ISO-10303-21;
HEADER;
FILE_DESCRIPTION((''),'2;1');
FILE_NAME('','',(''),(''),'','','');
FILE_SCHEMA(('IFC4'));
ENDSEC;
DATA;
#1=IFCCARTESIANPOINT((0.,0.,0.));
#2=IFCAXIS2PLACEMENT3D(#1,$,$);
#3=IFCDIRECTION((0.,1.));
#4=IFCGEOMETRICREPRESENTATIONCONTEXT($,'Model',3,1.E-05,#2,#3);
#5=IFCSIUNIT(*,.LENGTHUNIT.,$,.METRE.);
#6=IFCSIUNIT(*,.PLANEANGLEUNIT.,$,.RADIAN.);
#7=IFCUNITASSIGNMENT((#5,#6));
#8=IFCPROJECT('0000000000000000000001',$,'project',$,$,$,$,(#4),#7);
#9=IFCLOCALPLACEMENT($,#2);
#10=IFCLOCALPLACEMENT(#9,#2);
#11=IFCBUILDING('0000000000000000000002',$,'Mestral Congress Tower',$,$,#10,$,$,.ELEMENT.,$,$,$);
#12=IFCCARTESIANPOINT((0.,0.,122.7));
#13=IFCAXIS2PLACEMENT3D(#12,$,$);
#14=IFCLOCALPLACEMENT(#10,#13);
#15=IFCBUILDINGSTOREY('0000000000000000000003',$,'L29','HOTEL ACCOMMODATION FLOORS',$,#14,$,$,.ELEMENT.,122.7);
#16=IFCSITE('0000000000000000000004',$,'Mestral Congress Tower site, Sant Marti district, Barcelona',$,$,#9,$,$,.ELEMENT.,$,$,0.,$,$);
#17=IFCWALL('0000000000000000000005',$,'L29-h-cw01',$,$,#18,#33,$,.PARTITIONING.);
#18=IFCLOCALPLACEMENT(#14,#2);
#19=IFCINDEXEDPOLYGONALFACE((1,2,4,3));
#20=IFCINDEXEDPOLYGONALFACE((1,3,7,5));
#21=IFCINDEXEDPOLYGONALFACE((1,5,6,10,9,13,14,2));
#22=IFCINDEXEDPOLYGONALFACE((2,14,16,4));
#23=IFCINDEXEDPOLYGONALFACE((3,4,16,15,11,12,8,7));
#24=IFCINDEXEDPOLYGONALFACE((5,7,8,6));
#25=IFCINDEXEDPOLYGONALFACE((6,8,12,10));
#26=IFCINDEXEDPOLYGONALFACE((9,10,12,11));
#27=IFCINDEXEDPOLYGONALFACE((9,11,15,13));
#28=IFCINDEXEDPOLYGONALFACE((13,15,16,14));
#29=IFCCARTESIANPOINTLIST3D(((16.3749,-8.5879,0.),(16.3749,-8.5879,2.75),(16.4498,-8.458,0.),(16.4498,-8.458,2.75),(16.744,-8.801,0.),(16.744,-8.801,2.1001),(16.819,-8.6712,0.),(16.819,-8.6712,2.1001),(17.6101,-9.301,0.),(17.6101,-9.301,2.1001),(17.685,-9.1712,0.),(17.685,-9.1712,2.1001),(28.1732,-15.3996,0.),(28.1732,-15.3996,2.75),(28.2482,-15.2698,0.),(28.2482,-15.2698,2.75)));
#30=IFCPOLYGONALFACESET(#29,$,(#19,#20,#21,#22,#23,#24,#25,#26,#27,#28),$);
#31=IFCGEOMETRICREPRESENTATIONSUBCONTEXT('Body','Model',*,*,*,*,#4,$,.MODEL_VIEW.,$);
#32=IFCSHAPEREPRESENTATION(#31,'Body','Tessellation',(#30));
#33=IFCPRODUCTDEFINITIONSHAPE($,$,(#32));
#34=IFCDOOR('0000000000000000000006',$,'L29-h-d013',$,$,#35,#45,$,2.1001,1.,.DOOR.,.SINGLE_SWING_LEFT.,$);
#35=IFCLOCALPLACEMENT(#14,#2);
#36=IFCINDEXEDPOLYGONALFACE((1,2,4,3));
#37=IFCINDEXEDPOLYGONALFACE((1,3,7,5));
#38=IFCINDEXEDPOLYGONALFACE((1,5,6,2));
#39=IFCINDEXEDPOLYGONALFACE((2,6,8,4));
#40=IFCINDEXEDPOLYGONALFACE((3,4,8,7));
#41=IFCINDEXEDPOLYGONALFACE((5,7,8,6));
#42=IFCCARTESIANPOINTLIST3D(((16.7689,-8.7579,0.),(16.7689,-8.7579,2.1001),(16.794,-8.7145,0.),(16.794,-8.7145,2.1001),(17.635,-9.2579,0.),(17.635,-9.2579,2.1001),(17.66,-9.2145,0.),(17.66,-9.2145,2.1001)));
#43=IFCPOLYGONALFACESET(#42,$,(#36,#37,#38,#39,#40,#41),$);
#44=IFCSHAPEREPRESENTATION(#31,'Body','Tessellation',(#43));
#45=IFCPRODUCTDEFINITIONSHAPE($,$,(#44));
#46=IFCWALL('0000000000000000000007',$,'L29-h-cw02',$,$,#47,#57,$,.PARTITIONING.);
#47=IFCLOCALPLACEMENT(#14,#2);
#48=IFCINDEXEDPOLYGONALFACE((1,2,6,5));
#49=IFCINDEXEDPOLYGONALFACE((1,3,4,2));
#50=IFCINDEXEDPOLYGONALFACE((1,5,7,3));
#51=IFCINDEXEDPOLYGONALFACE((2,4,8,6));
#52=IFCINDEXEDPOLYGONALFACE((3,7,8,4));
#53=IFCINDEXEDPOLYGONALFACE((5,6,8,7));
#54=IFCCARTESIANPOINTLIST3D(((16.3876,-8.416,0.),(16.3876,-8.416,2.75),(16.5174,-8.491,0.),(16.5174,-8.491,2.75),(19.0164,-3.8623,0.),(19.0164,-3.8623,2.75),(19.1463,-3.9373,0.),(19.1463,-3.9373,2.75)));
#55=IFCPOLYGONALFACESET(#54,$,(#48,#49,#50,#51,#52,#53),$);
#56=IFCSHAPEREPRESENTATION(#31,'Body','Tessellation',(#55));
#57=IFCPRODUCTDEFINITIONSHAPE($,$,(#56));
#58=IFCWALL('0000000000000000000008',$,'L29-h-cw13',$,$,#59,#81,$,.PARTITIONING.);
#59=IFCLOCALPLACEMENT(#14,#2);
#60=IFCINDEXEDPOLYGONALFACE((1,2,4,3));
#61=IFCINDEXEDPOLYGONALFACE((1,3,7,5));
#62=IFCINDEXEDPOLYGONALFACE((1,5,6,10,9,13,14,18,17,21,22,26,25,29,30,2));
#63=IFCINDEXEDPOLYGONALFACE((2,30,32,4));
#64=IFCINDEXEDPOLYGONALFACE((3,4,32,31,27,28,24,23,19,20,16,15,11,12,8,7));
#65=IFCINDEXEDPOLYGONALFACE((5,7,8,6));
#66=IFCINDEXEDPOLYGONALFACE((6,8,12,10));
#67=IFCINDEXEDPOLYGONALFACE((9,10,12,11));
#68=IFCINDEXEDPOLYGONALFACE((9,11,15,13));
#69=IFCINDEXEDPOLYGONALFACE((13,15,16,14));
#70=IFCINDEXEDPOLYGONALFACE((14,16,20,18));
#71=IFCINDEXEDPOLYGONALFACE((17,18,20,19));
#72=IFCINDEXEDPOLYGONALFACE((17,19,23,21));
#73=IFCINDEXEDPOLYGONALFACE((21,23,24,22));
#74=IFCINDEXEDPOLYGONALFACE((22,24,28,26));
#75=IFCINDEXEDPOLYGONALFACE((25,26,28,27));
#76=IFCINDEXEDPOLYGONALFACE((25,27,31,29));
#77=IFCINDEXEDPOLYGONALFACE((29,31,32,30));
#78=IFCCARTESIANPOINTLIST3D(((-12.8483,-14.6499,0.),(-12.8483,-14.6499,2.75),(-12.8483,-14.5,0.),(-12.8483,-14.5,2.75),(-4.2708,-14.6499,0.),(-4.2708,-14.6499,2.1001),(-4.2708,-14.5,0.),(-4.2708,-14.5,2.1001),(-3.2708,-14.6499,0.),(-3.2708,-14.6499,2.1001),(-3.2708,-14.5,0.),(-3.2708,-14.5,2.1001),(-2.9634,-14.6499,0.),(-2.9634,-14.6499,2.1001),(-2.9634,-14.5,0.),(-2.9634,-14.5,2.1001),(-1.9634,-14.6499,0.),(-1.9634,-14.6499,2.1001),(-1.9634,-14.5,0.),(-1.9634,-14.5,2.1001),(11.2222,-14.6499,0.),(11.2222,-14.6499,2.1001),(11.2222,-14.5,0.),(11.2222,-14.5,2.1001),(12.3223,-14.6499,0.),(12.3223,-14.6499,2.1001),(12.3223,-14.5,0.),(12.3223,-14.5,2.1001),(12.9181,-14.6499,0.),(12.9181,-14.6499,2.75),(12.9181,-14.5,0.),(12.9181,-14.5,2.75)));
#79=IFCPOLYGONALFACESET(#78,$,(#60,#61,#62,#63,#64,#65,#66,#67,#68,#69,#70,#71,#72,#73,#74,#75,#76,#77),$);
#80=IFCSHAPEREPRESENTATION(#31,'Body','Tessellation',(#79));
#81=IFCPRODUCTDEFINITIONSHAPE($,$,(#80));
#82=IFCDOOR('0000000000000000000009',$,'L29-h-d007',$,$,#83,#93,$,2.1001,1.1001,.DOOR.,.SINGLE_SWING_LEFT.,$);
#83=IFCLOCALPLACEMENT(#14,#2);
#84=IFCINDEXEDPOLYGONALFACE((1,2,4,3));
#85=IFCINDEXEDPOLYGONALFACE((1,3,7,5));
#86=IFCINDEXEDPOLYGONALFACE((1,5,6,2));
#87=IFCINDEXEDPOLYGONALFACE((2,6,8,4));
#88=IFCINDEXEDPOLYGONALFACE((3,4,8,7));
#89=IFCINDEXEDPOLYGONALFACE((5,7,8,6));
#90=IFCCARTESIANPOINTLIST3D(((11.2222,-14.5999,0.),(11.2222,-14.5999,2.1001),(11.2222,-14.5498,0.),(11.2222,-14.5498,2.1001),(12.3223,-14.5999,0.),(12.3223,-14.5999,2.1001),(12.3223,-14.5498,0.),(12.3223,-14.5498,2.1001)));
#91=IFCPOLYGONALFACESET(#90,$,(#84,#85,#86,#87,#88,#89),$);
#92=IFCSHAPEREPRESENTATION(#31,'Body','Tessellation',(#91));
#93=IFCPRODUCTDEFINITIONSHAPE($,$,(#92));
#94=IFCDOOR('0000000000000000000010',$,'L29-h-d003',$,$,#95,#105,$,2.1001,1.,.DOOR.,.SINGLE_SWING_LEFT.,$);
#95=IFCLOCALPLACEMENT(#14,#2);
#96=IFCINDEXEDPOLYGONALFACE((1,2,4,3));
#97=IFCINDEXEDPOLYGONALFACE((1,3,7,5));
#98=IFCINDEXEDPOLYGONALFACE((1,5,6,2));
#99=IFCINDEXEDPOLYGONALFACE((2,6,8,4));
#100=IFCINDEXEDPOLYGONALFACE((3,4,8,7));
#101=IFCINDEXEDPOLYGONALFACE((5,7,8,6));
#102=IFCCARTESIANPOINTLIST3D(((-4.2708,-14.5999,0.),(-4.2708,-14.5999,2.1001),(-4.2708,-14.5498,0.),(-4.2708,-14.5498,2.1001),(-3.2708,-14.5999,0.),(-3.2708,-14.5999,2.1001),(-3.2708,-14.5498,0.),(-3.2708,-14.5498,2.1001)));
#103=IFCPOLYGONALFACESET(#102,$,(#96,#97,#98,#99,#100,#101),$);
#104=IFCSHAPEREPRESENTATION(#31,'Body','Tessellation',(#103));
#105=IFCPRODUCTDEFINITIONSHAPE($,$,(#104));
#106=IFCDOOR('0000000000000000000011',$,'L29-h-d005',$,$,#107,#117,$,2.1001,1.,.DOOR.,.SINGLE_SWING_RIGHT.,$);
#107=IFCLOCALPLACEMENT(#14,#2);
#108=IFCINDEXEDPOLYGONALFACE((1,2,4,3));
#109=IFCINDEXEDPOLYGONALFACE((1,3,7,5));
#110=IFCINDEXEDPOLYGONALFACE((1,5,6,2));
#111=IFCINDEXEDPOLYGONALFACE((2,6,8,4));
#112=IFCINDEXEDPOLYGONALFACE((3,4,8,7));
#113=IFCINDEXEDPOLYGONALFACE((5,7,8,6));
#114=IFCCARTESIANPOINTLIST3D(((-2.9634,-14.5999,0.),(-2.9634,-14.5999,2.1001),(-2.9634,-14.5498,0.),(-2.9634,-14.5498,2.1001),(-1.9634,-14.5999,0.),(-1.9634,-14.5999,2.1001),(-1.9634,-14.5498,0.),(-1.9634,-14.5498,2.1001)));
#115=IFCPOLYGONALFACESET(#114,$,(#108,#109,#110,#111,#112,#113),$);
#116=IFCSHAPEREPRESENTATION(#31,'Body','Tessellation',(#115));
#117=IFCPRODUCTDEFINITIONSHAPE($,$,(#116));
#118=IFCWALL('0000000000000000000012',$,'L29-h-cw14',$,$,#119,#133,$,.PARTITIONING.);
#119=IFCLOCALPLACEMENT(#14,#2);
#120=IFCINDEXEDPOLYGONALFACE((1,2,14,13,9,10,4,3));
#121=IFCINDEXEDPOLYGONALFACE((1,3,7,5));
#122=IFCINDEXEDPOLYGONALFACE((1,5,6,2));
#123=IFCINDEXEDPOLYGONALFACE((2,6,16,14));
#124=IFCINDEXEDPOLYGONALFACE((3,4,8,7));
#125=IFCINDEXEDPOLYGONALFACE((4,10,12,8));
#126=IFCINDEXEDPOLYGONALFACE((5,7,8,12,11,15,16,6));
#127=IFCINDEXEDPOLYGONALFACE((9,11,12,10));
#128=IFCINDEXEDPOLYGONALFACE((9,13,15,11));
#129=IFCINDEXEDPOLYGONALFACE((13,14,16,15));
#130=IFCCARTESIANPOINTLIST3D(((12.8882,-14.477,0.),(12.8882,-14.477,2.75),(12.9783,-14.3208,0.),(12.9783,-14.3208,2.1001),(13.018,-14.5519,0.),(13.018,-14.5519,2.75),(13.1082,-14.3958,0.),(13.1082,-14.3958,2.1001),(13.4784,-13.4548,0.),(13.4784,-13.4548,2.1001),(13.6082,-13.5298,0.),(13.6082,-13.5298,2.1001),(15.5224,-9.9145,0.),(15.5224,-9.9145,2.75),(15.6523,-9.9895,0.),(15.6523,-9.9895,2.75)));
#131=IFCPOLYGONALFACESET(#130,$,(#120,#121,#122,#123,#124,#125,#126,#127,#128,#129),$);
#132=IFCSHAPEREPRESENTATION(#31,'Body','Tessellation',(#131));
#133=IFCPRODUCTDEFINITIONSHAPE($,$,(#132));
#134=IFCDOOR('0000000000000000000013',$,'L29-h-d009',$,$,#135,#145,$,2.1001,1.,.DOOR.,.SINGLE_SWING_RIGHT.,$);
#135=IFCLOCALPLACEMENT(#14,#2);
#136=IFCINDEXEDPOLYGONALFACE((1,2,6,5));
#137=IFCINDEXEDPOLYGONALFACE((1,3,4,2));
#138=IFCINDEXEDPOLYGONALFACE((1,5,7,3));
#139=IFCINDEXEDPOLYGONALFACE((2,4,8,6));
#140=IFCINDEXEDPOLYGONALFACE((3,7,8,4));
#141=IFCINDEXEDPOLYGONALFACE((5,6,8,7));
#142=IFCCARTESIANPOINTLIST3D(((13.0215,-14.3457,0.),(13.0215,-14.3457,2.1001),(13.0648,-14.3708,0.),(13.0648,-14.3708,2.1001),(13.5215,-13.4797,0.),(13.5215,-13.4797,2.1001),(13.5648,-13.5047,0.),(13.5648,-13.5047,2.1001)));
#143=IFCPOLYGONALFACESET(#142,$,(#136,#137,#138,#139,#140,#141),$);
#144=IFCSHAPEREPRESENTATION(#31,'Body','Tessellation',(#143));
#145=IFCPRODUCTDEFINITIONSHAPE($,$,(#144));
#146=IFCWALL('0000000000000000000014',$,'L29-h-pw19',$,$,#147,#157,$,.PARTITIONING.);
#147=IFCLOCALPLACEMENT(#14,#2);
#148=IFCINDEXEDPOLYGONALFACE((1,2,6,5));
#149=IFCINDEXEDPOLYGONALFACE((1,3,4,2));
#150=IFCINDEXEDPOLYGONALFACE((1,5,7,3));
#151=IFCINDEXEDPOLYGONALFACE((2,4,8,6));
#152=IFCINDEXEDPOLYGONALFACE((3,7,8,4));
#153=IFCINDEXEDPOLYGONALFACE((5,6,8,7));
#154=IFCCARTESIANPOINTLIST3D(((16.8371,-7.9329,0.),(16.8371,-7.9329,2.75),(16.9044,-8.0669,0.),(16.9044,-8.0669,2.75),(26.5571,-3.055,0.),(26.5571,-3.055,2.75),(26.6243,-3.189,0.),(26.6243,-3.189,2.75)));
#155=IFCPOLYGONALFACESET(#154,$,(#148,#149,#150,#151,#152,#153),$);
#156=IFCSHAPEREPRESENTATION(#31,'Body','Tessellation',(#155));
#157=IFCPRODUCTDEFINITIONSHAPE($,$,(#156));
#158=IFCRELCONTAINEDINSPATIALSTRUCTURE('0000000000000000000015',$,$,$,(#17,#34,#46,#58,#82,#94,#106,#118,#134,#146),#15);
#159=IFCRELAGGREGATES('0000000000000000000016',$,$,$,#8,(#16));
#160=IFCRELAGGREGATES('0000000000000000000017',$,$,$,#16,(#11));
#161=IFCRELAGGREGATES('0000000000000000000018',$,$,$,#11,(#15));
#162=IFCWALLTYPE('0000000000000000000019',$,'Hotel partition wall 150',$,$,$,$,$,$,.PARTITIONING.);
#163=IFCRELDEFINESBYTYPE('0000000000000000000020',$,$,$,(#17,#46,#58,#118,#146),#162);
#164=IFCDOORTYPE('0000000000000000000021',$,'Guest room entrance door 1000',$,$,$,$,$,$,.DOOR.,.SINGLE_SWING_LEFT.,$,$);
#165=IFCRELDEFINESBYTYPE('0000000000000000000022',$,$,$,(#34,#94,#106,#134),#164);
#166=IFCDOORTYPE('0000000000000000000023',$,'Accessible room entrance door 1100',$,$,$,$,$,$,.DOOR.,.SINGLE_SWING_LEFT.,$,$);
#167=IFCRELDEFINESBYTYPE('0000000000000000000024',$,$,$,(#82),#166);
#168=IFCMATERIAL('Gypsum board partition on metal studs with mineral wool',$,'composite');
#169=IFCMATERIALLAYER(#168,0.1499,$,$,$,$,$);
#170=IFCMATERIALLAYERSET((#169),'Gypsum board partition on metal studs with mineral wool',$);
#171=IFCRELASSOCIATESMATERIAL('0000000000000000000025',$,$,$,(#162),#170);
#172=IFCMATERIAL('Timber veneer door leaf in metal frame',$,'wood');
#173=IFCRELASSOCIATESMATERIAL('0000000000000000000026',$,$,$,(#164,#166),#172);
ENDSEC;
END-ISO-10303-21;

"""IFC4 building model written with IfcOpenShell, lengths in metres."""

from ifc_helpers import new_model, si_unit, direction, frame, frame_2d, origin, place, context, subcontext, project, spatial, rectangle, extrude, material, layer, layer_set, type_object, element, fill, save


model = new_model("IFC4")

# Units and contexts
model_context = context("Model", 3, precision=1e-05, world=origin(), true_north=direction((0.0, 1.0)))
body_context = subcontext(model_context, "Body", "Model", "MODEL_VIEW")
ifc_project = project(units=[si_unit("LENGTHUNIT", "METRE"), si_unit("PLANEANGLEUNIT", "RADIAN")], contexts=[model_context])

# Site, building, storey
site_placement = place(None, origin())
site = spatial("IfcSite", under=ifc_project, at=site_placement, Name="Mestral Congress Tower site, Sant Marti district, Barcelona", CompositionType="ELEMENT", RefElevation=0.0)
building_placement = place(site_placement, origin())
building = spatial("IfcBuilding", under=site, at=building_placement, Name="Mestral Congress Tower", CompositionType="ELEMENT")
storey_placement = place(building_placement, frame((0.0, 0.0, 122.7)))
storey = spatial("IfcBuildingStorey", under=building, at=storey_placement, Name="L29", Description="HOTEL ACCOMMODATION FLOORS", CompositionType="ELEMENT", Elevation=122.7)

# Shared definitions
ifc_material_1 = material(Name="Gypsum board partition on metal studs with mineral wool", Category="composite")

# Wall, opening, door
ifc_layer_1 = layer(ifc_material_1, 0.1499)
ifc_layer_set_1 = layer_set([ifc_layer_1], Name="Gypsum board partition on metal studs with mineral wool")
wall_type_1 = type_object("IfcWallType", Name="Hotel partition wall 150", PredefinedType="PARTITIONING", material=ifc_layer_set_1)
wall_1_placement = place(storey_placement, frame((16.4124, -8.5229, 0.0), z_axis=(0.0, 0.0, 1.0), x_axis=(0.866026, -0.5, 0.0)))
wall_1 = element("IfcWall", 1, at=wall_1_placement, inside=storey, type_object=wall_type_1, Name="L29-h-cw01", PredefinedType="PARTITIONING", context=body_context, shape_type="SweptSolid", body=[
    extrude(rectangle(XDim=13.6235, YDim=0.1499, at=frame_2d((6.8118, 0.0))), origin(), (0.0, 0.0, 1.0), 2.75),
])
opening_1_placement = place(wall_1_placement, frame((0.4263, 0.0, 0.0)))
opening_1 = element("IfcOpeningElement", 2, at=opening_1_placement, cuts=wall_1, PredefinedType="OPENING", context=body_context, shape_type="SweptSolid", body=[
    extrude(rectangle(XDim=1.0, YDim=2.1001, at=frame_2d((0.5, 1.05))), frame((0.0, 0.085, 0.0), z_axis=(0.0, -1.0, 0.0), x_axis=(1.0, 0.0, 0.0)), (0.0, 0.0, 1.0), 0.1699),
])
ifc_material_2 = material(Name="Timber veneer door leaf in metal frame", Category="wood")
door_type_1 = type_object("IfcDoorType", Name="Guest room entrance door 1000", OperationType="SINGLE_SWING_LEFT", PredefinedType="DOOR", material=ifc_material_2)
door_1_placement = place(opening_1_placement, origin())
door_1 = element("IfcDoor", 3, at=door_1_placement, inside=storey, type_object=door_type_1, Name="L29-h-d013", OperationType="SINGLE_SWING_LEFT", OverallHeight=2.1001, OverallWidth=1.0, PredefinedType="DOOR", context=body_context, shape_type="SweptSolid", body=[
    extrude(rectangle(XDim=1.0, YDim=2.1001, at=frame_2d((0.5, 1.05))), frame((0.0, 0.0249, 0.0), z_axis=(0.0, -1.0, 0.0), x_axis=(1.0, 0.0, 0.0)), (0.0, 0.0, 1.0), 0.05),
])
fill(opening_1, door_1)

# Wall
wall_2_placement = place(storey_placement, frame((19.0813, -3.8999, 0.0), z_axis=(0.0, 0.0, 1.0), x_axis=(-0.499974, -0.86604, 0.0)))
element("IfcWall", 4, at=wall_2_placement, inside=storey, type_object=wall_type_1, Name="L29-h-cw02", PredefinedType="PARTITIONING", context=body_context, shape_type="SweptSolid", body=[
    extrude(rectangle(XDim=5.2581, YDim=0.1499, at=frame_2d((2.6289, 0.0))), origin(), (0.0, 0.0, 1.0), 2.75),
])

# Wall, openings, doors
wall_3_placement = place(storey_placement, frame((12.9182, -14.575, 0.0), z_axis=(0.0, 0.0, 1.0), x_axis=(-1.0, 0.0, 0.0)))
wall_3 = element("IfcWall", 5, at=wall_3_placement, inside=storey, type_object=wall_type_1, Name="L29-h-cw13", PredefinedType="PARTITIONING", context=body_context, shape_type="SweptSolid", body=[
    extrude(rectangle(XDim=25.7664, YDim=0.1499, at=frame_2d((12.8833, 0.0))), origin(), (0.0, 0.0, 1.0), 2.75),
])
opening_2_placement = place(wall_3_placement, frame((16.189, 0.0, 0.0)))
opening_2 = element("IfcOpeningElement", 6, at=opening_2_placement, cuts=wall_3, PredefinedType="OPENING", context=body_context, shape_type="SweptSolid", body=[
    extrude(rectangle(XDim=1.0, YDim=2.1001, at=frame_2d((0.5, 1.05))), frame((0.0, 0.085, 0.0), z_axis=(0.0, -1.0, 0.0), x_axis=(1.0, 0.0, 0.0)), (0.0, 0.0, 1.0), 0.1699),
])
opening_3_placement = place(wall_3_placement, frame((14.8816, 0.0, 0.0)))
opening_3 = element("IfcOpeningElement", 7, at=opening_3_placement, cuts=wall_3, PredefinedType="OPENING", context=body_context, shape_type="SweptSolid", body=[
    extrude(rectangle(XDim=1.0, YDim=2.1001, at=frame_2d((0.5, 1.05))), frame((0.0, 0.085, 0.0), z_axis=(0.0, -1.0, 0.0), x_axis=(1.0, 0.0, 0.0)), (0.0, 0.0, 1.0), 0.1699),
])
opening_4_placement = place(wall_3_placement, frame((0.5959, 0.0, 0.0)))
opening_4 = element("IfcOpeningElement", 8, at=opening_4_placement, cuts=wall_3, PredefinedType="OPENING", context=body_context, shape_type="SweptSolid", body=[
    extrude(rectangle(XDim=1.1001, YDim=2.1001, at=frame_2d((0.55, 1.05))), frame((0.0, 0.085, 0.0), z_axis=(0.0, -1.0, 0.0), x_axis=(1.0, 0.0, 0.0)), (0.0, 0.0, 1.0), 0.1699),
])
door_type_2 = type_object("IfcDoorType", Name="Accessible room entrance door 1100", OperationType="SINGLE_SWING_LEFT", PredefinedType="DOOR", material=ifc_material_2)
door_2_placement = place(opening_4_placement, origin())
door_2 = element("IfcDoor", 9, at=door_2_placement, inside=storey, type_object=door_type_2, Name="L29-h-d007", OperationType="SINGLE_SWING_LEFT", OverallHeight=2.1001, OverallWidth=1.1001, PredefinedType="DOOR", context=body_context, shape_type="SweptSolid", body=[
    extrude(rectangle(XDim=1.1001, YDim=2.1001, at=frame_2d((0.55, 1.05))), frame((0.0, 0.0249, 0.0), z_axis=(0.0, -1.0, 0.0), x_axis=(1.0, 0.0, 0.0)), (0.0, 0.0, 1.0), 0.05),
])
fill(opening_4, door_2)
door_3_placement = place(opening_2_placement, origin())
door_3 = element("IfcDoor", 10, at=door_3_placement, inside=storey, type_object=door_type_1, Name="L29-h-d003", OperationType="SINGLE_SWING_LEFT", OverallHeight=2.1001, OverallWidth=1.0, PredefinedType="DOOR", context=body_context, shape_type="SweptSolid", body=[
    extrude(rectangle(XDim=1.0, YDim=2.1001, at=frame_2d((0.5, 1.05))), frame((0.0, 0.0249, 0.0), z_axis=(0.0, -1.0, 0.0), x_axis=(1.0, 0.0, 0.0)), (0.0, 0.0, 1.0), 0.05),
])
fill(opening_2, door_3)
door_4_placement = place(opening_3_placement, origin())
door_4 = element("IfcDoor", 11, at=door_4_placement, inside=storey, type_object=door_type_1, Name="L29-h-d005", OperationType="SINGLE_SWING_RIGHT", OverallHeight=2.1001, OverallWidth=1.0, PredefinedType="DOOR", context=body_context, shape_type="SweptSolid", body=[
    extrude(rectangle(XDim=1.0, YDim=2.1001, at=frame_2d((0.5, 1.05))), frame((0.0, 0.0249, 0.0), z_axis=(0.0, -1.0, 0.0), x_axis=(1.0, 0.0, 0.0)), (0.0, 0.0, 1.0), 0.05),
])
fill(opening_3, door_4)

# Wall, opening, door
wall_4_placement = place(storey_placement, frame((15.5874, -9.9519, 0.0), z_axis=(0.0, 0.0, 1.0), x_axis=(-0.500017, -0.866016, 0.0)))
wall_4 = element("IfcWall", 12, at=wall_4_placement, inside=storey, type_object=wall_type_1, Name="L29-h-cw14", PredefinedType="PARTITIONING", context=body_context, shape_type="SweptSolid", body=[
    extrude(rectangle(XDim=5.2683, YDim=0.1499, at=frame_2d((2.6343, 0.0))), origin(), (0.0, 0.0, 1.0), 2.75),
])
opening_5_placement = place(wall_4_placement, frame((4.0881, 0.0, 0.0)))
opening_5 = element("IfcOpeningElement", 13, at=opening_5_placement, cuts=wall_4, PredefinedType="OPENING", context=body_context, shape_type="SweptSolid", body=[
    extrude(rectangle(XDim=1.0, YDim=2.1001, at=frame_2d((0.5, 1.05))), frame((0.0, 0.085, 0.0), z_axis=(0.0, -1.0, 0.0), x_axis=(1.0, 0.0, 0.0)), (0.0, 0.0, 1.0), 0.1699),
])
door_5_placement = place(opening_5_placement, origin())
door_5 = element("IfcDoor", 14, at=door_5_placement, inside=storey, type_object=door_type_1, Name="L29-h-d009", OperationType="SINGLE_SWING_RIGHT", OverallHeight=2.1001, OverallWidth=1.0, PredefinedType="DOOR", context=body_context, shape_type="SweptSolid", body=[
    extrude(rectangle(XDim=1.0, YDim=2.1001, at=frame_2d((0.5, 1.05))), frame((0.0, 0.0249, 0.0), z_axis=(0.0, -1.0, 0.0), x_axis=(1.0, 0.0, 0.0)), (0.0, 0.0, 1.0), 0.05),
])
fill(opening_5, door_5)

# Wall
wall_5_placement = place(storey_placement, frame((26.5906, -3.1221, 0.0), z_axis=(0.0, 0.0, 1.0), x_axis=(-0.893766, -0.448533, 0.0)))
element("IfcWall", 15, at=wall_5_placement, inside=storey, type_object=wall_type_1, Name="L29-h-pw19", PredefinedType="PARTITIONING", context=body_context, shape_type="SweptSolid", body=[
    extrude(rectangle(XDim=10.8752, YDim=0.1499, at=frame_2d((5.4375, 0.0))), origin(), (0.0, 0.0, 1.0), 2.75),
])

save(model, "model.ifc")
